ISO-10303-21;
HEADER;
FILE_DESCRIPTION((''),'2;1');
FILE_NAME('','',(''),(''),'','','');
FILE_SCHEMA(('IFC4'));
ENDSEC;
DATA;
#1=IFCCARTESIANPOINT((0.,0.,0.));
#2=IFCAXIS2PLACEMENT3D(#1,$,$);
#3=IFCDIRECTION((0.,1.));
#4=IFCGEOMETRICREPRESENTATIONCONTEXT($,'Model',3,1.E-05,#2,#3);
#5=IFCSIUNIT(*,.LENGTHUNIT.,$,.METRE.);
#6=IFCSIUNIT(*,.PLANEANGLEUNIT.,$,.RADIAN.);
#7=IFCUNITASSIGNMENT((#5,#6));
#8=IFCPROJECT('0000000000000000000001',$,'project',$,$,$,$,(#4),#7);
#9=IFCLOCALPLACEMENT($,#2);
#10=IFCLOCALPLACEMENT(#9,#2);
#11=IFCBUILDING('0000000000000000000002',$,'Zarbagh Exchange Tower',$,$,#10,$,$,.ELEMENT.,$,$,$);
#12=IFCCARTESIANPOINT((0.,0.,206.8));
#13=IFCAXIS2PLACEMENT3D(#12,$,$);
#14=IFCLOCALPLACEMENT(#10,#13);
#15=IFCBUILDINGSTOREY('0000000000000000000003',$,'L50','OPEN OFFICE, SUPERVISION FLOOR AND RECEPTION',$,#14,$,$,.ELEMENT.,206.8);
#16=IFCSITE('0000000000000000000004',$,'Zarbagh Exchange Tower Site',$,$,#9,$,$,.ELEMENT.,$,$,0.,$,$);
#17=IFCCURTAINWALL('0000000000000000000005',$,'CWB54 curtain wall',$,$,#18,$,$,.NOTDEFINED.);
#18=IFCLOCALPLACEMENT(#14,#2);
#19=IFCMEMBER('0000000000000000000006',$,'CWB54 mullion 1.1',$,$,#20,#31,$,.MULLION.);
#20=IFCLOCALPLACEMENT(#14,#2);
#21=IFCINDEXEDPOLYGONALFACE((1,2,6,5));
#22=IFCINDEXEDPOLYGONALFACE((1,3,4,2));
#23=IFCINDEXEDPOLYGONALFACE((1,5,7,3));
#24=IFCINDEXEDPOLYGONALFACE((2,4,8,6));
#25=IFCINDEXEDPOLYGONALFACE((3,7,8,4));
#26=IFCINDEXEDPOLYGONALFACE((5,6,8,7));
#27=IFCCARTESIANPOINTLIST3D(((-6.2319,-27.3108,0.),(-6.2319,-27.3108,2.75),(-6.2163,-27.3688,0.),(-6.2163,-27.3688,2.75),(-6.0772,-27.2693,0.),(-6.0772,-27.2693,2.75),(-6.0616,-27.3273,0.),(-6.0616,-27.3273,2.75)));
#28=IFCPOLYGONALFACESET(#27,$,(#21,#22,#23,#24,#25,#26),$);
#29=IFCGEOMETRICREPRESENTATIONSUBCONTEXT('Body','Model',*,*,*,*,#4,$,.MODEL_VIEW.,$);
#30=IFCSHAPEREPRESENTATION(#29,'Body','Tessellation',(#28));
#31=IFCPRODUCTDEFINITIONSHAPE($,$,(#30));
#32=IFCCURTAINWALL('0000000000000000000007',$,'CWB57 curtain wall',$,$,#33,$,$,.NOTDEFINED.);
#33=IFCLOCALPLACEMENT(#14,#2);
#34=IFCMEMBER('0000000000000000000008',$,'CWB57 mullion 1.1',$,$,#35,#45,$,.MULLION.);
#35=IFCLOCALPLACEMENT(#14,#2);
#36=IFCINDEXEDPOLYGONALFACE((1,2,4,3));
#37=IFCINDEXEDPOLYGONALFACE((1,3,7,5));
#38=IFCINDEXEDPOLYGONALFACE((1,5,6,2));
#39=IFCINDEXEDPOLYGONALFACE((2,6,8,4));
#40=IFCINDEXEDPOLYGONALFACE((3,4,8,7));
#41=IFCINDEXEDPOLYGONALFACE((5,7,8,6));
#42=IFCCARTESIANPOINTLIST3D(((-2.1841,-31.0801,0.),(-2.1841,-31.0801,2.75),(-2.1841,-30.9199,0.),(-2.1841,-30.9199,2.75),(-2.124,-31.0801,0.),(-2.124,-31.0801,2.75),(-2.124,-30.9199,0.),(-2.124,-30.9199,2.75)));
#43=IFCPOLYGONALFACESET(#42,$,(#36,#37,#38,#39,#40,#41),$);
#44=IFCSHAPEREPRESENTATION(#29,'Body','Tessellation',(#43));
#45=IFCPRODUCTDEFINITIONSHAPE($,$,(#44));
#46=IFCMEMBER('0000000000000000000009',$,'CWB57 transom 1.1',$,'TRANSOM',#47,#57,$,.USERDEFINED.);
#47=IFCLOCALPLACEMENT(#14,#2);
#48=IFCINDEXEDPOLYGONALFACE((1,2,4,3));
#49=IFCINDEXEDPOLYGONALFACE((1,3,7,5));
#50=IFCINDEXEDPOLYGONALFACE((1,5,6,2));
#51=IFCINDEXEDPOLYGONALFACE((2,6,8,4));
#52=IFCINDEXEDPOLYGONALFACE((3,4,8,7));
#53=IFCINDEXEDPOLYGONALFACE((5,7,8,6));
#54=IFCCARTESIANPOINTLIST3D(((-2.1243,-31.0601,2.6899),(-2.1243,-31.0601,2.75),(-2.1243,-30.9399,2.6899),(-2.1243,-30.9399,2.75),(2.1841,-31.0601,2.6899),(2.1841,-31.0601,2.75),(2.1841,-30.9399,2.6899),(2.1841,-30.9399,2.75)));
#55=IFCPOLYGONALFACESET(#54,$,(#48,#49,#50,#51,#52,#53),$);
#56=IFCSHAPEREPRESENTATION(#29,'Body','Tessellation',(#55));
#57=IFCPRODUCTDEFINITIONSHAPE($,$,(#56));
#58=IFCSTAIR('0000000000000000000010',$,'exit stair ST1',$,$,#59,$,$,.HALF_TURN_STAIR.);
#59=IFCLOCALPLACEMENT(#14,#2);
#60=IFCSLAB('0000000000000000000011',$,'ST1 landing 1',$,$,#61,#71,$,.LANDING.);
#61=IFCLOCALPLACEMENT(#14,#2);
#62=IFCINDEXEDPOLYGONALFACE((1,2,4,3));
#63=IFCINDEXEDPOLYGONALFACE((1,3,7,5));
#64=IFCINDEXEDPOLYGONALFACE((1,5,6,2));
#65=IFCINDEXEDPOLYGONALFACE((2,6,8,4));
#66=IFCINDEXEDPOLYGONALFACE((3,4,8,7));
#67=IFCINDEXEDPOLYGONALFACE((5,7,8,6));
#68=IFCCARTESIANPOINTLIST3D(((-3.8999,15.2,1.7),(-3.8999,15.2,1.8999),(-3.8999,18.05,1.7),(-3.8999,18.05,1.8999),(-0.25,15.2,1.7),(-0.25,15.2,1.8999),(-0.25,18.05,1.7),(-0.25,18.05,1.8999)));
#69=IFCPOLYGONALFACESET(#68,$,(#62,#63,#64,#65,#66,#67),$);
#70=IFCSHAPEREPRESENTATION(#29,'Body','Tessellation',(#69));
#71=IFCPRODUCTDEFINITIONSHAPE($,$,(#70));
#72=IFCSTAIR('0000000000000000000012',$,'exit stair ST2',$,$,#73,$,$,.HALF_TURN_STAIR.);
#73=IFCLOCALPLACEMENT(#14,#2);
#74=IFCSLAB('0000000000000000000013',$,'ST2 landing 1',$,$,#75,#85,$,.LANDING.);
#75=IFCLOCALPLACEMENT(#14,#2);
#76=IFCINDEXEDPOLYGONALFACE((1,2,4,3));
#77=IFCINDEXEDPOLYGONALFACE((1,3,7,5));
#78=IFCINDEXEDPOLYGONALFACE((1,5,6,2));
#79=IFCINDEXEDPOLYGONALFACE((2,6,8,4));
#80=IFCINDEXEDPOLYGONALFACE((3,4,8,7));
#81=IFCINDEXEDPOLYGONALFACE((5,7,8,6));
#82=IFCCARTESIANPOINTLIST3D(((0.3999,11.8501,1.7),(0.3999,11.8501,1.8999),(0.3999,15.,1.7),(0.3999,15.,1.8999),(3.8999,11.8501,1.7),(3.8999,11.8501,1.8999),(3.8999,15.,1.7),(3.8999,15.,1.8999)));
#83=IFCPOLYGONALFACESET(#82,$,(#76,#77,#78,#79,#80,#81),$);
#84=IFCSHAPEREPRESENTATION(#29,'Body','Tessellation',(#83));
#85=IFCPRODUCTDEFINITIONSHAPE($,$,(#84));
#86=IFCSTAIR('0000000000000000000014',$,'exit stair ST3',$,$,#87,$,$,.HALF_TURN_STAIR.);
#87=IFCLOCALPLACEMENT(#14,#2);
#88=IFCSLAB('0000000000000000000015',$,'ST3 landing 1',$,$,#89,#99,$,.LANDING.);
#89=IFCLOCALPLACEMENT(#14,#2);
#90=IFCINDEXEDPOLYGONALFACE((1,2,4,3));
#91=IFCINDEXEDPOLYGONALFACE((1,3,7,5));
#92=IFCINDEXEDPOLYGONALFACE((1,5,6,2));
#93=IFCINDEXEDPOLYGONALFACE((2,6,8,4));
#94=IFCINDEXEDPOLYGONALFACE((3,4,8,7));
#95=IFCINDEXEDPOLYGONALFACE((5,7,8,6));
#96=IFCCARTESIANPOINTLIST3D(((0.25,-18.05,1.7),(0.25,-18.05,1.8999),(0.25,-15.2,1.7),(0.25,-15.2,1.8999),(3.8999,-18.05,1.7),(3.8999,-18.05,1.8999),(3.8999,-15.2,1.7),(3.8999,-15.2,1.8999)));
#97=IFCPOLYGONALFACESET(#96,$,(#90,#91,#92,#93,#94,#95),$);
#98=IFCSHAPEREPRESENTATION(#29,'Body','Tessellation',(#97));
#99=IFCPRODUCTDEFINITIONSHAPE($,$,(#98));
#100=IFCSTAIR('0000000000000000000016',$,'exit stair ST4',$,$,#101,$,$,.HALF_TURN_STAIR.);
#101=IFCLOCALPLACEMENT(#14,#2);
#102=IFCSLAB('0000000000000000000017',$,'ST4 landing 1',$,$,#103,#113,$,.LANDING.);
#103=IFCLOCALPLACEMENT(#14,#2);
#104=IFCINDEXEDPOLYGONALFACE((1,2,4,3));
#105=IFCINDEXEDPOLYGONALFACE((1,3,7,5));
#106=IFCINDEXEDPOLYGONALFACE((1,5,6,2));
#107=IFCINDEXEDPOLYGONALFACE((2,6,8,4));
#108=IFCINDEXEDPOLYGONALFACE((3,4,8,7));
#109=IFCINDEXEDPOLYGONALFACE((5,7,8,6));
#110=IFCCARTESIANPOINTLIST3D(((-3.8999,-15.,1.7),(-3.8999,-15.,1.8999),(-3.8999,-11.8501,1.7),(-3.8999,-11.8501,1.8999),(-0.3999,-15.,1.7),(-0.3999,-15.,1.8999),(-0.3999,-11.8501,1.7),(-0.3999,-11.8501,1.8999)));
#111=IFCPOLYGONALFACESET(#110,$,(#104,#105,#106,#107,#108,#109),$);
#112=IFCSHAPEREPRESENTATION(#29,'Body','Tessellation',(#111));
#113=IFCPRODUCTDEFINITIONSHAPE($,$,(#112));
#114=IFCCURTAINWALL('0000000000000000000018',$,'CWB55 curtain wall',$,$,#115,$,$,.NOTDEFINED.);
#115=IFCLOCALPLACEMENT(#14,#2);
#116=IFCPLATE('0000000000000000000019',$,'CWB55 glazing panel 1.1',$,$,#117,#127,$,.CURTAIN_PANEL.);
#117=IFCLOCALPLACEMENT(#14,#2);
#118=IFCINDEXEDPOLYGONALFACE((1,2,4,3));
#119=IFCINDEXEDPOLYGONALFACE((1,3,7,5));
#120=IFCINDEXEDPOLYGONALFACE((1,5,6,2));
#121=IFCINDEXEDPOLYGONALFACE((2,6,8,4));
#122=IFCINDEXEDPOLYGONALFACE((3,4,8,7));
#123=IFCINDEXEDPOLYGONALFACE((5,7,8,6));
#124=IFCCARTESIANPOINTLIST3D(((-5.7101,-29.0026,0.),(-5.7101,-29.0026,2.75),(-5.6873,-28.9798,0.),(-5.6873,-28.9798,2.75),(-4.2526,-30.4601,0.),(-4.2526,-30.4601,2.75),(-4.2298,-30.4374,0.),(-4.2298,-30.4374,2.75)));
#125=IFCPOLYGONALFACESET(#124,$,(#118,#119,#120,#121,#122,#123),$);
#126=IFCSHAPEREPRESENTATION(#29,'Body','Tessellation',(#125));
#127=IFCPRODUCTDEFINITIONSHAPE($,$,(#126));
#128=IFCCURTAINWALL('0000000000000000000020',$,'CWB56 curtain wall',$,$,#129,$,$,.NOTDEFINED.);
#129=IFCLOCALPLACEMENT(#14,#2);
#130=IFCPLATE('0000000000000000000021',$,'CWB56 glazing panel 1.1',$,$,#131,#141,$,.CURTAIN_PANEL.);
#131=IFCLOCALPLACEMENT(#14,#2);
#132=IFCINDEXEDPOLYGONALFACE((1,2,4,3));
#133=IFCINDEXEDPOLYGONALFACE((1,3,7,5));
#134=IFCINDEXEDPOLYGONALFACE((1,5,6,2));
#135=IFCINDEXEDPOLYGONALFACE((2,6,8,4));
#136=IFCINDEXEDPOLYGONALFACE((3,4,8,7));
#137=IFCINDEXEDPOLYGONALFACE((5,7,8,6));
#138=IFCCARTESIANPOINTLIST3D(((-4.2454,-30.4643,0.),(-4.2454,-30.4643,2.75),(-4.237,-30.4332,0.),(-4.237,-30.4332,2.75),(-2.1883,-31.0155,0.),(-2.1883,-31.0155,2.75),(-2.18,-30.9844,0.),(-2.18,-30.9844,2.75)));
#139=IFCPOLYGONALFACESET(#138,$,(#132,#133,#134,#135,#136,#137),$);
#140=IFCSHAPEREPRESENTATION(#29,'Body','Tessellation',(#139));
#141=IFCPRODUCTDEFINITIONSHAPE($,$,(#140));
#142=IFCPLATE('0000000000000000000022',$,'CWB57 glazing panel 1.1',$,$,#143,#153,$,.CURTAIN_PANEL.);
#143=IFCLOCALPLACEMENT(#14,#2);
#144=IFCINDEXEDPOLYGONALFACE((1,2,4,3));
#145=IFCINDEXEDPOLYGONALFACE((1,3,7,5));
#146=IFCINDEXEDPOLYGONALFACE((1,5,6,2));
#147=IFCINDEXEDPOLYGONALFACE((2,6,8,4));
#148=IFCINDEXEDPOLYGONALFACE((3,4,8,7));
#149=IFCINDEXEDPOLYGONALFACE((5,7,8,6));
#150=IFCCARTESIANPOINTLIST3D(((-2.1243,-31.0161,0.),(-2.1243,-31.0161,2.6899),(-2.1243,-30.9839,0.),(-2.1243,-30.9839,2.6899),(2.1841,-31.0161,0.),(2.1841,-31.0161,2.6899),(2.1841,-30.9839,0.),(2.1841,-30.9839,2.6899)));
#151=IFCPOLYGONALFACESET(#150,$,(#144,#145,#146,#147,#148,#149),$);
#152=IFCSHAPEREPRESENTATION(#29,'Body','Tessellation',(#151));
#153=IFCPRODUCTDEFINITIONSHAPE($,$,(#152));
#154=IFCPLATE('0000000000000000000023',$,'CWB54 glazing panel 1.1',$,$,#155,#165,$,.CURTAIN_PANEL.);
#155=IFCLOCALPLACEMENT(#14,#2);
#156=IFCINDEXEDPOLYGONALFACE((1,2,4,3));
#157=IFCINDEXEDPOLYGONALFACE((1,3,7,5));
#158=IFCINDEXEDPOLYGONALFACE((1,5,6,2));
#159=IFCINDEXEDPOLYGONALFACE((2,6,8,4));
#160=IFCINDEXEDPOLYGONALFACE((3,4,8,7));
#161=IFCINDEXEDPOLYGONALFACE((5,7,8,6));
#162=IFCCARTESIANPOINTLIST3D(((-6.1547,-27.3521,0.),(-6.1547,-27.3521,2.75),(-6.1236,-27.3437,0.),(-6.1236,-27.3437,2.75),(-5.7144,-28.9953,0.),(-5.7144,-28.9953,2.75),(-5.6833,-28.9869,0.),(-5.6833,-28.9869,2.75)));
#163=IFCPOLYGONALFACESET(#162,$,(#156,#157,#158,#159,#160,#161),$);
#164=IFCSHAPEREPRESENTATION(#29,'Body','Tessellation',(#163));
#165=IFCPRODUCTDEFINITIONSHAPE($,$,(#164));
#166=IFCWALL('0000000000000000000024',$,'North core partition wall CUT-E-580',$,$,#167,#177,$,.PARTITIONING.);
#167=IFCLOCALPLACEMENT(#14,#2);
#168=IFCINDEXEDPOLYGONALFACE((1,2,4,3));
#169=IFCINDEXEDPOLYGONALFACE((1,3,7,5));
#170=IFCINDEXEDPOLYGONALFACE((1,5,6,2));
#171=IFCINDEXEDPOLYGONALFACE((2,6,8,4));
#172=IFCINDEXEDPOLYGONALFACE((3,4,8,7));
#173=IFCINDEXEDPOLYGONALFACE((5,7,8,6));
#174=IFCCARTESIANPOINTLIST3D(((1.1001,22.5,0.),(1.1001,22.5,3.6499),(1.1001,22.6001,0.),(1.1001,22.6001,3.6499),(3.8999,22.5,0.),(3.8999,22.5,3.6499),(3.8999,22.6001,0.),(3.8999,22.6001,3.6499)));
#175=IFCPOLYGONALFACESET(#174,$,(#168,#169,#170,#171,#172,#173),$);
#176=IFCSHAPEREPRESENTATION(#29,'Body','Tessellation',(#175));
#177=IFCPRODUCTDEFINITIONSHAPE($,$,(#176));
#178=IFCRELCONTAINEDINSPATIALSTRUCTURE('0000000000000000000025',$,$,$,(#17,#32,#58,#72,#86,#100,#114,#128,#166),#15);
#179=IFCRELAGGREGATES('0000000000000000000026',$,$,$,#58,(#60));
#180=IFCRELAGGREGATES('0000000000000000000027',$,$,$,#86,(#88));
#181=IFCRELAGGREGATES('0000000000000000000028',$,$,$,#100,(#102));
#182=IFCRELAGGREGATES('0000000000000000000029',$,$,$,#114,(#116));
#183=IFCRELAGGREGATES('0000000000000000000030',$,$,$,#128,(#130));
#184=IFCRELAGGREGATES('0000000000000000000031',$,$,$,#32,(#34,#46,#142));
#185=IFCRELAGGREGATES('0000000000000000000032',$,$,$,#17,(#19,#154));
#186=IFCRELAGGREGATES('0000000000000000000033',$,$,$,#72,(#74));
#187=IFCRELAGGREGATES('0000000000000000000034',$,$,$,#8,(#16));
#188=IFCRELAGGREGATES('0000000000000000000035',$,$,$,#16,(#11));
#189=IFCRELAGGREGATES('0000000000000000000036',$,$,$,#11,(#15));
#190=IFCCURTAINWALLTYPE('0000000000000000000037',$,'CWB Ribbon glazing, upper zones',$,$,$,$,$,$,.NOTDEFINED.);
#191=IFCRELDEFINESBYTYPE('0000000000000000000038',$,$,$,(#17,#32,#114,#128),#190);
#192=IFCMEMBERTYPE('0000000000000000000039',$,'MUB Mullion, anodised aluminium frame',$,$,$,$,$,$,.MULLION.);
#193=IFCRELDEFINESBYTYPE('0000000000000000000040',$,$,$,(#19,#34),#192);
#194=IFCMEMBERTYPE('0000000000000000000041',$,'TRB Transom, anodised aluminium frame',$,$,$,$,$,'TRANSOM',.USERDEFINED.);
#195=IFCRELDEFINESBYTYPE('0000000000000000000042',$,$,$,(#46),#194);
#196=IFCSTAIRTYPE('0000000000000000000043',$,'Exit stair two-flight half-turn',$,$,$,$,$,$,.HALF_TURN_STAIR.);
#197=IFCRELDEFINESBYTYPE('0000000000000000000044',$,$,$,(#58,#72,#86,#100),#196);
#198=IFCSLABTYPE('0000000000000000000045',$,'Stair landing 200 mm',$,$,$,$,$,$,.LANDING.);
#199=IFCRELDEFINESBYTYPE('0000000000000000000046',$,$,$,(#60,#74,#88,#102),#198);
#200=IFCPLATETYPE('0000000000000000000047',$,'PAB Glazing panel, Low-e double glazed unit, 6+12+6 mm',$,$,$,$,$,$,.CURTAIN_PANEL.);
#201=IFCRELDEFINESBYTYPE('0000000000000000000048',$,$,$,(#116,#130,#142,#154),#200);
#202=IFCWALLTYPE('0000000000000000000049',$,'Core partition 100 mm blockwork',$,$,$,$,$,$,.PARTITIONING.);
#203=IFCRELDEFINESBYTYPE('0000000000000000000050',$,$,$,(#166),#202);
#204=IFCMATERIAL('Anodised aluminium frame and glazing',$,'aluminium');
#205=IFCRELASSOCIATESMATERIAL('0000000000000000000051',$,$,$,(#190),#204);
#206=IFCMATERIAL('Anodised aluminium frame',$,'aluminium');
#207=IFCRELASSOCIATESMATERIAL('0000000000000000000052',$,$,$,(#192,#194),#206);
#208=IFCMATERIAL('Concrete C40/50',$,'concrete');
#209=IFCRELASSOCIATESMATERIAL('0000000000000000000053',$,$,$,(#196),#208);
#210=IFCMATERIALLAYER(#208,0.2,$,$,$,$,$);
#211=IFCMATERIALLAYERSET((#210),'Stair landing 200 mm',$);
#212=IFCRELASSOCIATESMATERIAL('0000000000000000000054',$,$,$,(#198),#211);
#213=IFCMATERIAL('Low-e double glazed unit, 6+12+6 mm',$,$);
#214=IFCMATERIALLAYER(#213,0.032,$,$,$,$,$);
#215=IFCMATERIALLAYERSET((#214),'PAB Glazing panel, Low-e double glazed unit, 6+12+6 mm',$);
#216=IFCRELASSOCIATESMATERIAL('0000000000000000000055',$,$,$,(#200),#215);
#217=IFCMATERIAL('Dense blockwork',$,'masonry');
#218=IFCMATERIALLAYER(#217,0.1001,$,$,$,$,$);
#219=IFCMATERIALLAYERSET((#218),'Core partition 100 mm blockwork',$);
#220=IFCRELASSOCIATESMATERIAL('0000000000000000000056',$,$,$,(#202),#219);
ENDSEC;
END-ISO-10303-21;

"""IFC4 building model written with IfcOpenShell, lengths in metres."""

from ifc_helpers import new_model, si_unit, direction, frame, frame_2d, origin, place, context, subcontext, project, spatial, polyline, rectangle, outline, extrude, source, transform, mapped, material, layer, layer_set, type_object, element, aggregate, save


model = new_model("IFC4")

# Units and contexts
model_context = context("Model", 3, precision=1e-05, world=origin(), true_north=direction((0.0, 1.0)))
body_context = subcontext(model_context, "Body", "Model", "MODEL_VIEW")
ifc_project = project(units=[si_unit("LENGTHUNIT", "METRE"), si_unit("PLANEANGLEUNIT", "RADIAN")], contexts=[model_context])

# Site, building, storey
site_placement = place(None, origin())
site = spatial("IfcSite", under=ifc_project, at=site_placement, Name="Zarbagh Exchange Tower Site", CompositionType="ELEMENT", RefElevation=0.0)
building_placement = place(site_placement, origin())
building = spatial("IfcBuilding", under=site, at=building_placement, Name="Zarbagh Exchange Tower", CompositionType="ELEMENT")
storey_placement = place(building_placement, frame((0.0, 0.0, 206.8)))
storey = spatial("IfcBuildingStorey", under=building, at=storey_placement, Name="L50", Description="OPEN OFFICE, SUPERVISION FLOOR AND RECEPTION", CompositionType="ELEMENT", Elevation=206.8)

# Curtain wall, member
ifc_material_1 = material(Name="Anodised aluminium frame and glazing", Category="aluminium")
curtain_wall_type = type_object("IfcCurtainWallType", Name="CWB Ribbon glazing, upper zones", PredefinedType="NOTDEFINED", material=ifc_material_1)
curtain_wall_1_placement = place(storey_placement, origin())
curtain_wall_1 = element("IfcCurtainWall", 1, at=curtain_wall_1_placement, inside=storey, type_object=curtain_wall_type, Name="CWB54 curtain wall", PredefinedType="NOTDEFINED")
ifc_material_2 = material(Name="Anodised aluminium frame", Category="aluminium")
member_type_1 = type_object("IfcMemberType", Name="MUB Mullion, anodised aluminium frame", PredefinedType="MULLION", material=ifc_material_2)
shared_shape_1 = source(origin(), body_context, "Body", "SweptSolid", [
    extrude(outline(polyline([(0.0, -0.0801), (0.0601, -0.0801), (0.0601, 0.0801), (0.0, 0.0801), (0.0, -0.0801)])), origin(), (0.0, 0.0, 1.0), 2.75),
])
placement = place(storey_placement, origin())
member_1 = element("IfcMember", 2, at=placement, type_object=member_type_1, Name="CWB54 mullion 1.1", PredefinedType="MULLION", context=body_context, shape_type="MappedRepresentation", body=[
    mapped(shared_shape_1, transform((-6.1545, -27.29, 0.0), x_axis=(0.258825, -0.965924, 0.0), y_axis=(0.965924, 0.258825, 0.0), z_axis=(0.0, 0.0, 1.0))),
])

# Curtain wall, members
curtain_wall_2_placement = place(storey_placement, origin())
curtain_wall_2 = element("IfcCurtainWall", 3, at=curtain_wall_2_placement, inside=storey, type_object=curtain_wall_type, Name="CWB57 curtain wall", PredefinedType="NOTDEFINED")
member_2 = element("IfcMember", 4, at=placement, type_object=member_type_1, Name="CWB57 mullion 1.1", PredefinedType="MULLION", context=body_context, shape_type="MappedRepresentation", body=[
    mapped(shared_shape_1, transform((-2.1841, -31.0, 0.0), x_axis=(1.0, 0.0, 0.0), y_axis=(0.0, 1.0, 0.0), z_axis=(0.0, 0.0, 1.0))),
])
member_type_2 = type_object("IfcMemberType", Name="TRB Transom, anodised aluminium frame", ElementType="TRANSOM", PredefinedType="USERDEFINED", material=ifc_material_2)
shared_shape_2 = source(origin(), body_context, "Body", "SweptSolid", [
    extrude(outline(polyline([(-0.0601, -0.0601), (0.0, -0.0601), (0.0, 0.0601), (-0.0601, 0.0601), (-0.0601, -0.0601)])), origin(), (0.0, 0.0, 1.0), 4.3083),
])
member_3 = element("IfcMember", 5, at=placement, type_object=member_type_2, Name="CWB57 transom 1.1", ObjectType="TRANSOM", PredefinedType="USERDEFINED", context=body_context, shape_type="MappedRepresentation", body=[
    mapped(shared_shape_2, transform((-2.1243, -31.0, 2.75), x_axis=(0.0, 0.0, 1.0), y_axis=(0.0, -1.0, 0.0), z_axis=(1.0, 0.0, 0.0))),
])

# Stairs, slabs
ifc_material_3 = material(Name="Concrete C40/50", Category="concrete")
stair_type = type_object("IfcStairType", Name="Exit stair two-flight half-turn", PredefinedType="HALF_TURN_STAIR", material=ifc_material_3)
stair_1_placement = place(storey_placement, origin())
stair_1 = element("IfcStair", 6, at=stair_1_placement, inside=storey, type_object=stair_type, Name="exit stair ST1", PredefinedType="HALF_TURN_STAIR")
ifc_layer_1 = layer(ifc_material_3, 0.2)
ifc_layer_set_1 = layer_set([ifc_layer_1], Name="Stair landing 200 mm")
slab_type = type_object("IfcSlabType", Name="Stair landing 200 mm", PredefinedType="LANDING", material=ifc_layer_set_1)
slab_1_placement = place(storey_placement, frame((0.0, 0.0, 1.7)))
slab_1 = element("IfcSlab", 7, at=slab_1_placement, type_object=slab_type, Name="ST1 landing 1", PredefinedType="LANDING", context=body_context, shape_type="SweptSolid", body=[
    extrude(outline(polyline([(-0.25, 18.05), (-3.8999, 18.05), (-3.8999, 15.2), (-0.25, 15.2), (-0.25, 18.05)])), origin(), (0.0, 0.0, 1.0), 0.2),
])
aggregate(stair_1, [slab_1])
stair_2_placement = place(storey_placement, origin())
stair_2 = element("IfcStair", 8, at=stair_2_placement, inside=storey, type_object=stair_type, Name="exit stair ST2", PredefinedType="HALF_TURN_STAIR")
slab_2_placement = place(storey_placement, frame((0.0, 0.0, 1.7)))
slab_2 = element("IfcSlab", 9, at=slab_2_placement, type_object=slab_type, Name="ST2 landing 1", PredefinedType="LANDING", context=body_context, shape_type="SweptSolid", body=[
    extrude(outline(polyline([(0.3999, 11.8501), (3.8999, 11.8501), (3.8999, 15.0), (0.3999, 15.0), (0.3999, 11.8501)])), origin(), (0.0, 0.0, 1.0), 0.2),
])
stair_3_placement = place(storey_placement, origin())
stair_3 = element("IfcStair", 10, at=stair_3_placement, inside=storey, type_object=stair_type, Name="exit stair ST3", PredefinedType="HALF_TURN_STAIR")
slab_3_placement = place(storey_placement, frame((0.0, 0.0, 1.7)))
slab_3 = element("IfcSlab", 11, at=slab_3_placement, type_object=slab_type, Name="ST3 landing 1", PredefinedType="LANDING", context=body_context, shape_type="SweptSolid", body=[
    extrude(outline(polyline([(0.25, -18.05), (3.8999, -18.05), (3.8999, -15.2), (0.25, -15.2), (0.25, -18.05)])), origin(), (0.0, 0.0, 1.0), 0.2),
])
aggregate(stair_3, [slab_3])
stair_4_placement = place(storey_placement, origin())
stair_4 = element("IfcStair", 12, at=stair_4_placement, inside=storey, type_object=stair_type, Name="exit stair ST4", PredefinedType="HALF_TURN_STAIR")
slab_4_placement = place(storey_placement, frame((0.0, 0.0, 1.7)))
slab_4 = element("IfcSlab", 13, at=slab_4_placement, type_object=slab_type, Name="ST4 landing 1", PredefinedType="LANDING", context=body_context, shape_type="SweptSolid", body=[
    extrude(outline(polyline([(-0.3999, -11.8501), (-3.8999, -11.8501), (-3.8999, -15.0), (-0.3999, -15.0), (-0.3999, -11.8501)])), origin(), (0.0, 0.0, 1.0), 0.2),
])
aggregate(stair_4, [slab_4])

# Curtain walls, plates
curtain_wall_3_placement = place(storey_placement, origin())
curtain_wall_3 = element("IfcCurtainWall", 14, at=curtain_wall_3_placement, inside=storey, type_object=curtain_wall_type, Name="CWB55 curtain wall", PredefinedType="NOTDEFINED")
ifc_material_4 = material(Name="Low-e double glazed unit, 6+12+6 mm")
ifc_layer_2 = layer(ifc_material_4, 0.032)
ifc_layer_set_2 = layer_set([ifc_layer_2], Name="PAB Glazing panel, Low-e double glazed unit, 6+12+6 mm")
plate_type = type_object("IfcPlateType", Name="PAB Glazing panel, Low-e double glazed unit, 6+12+6 mm", PredefinedType="CURTAIN_PANEL", material=ifc_layer_set_2)
shared_shape_3 = source(origin(), body_context, "Body", "SweptSolid", [
    extrude(outline(polyline([(0.0, -0.0161), (2.0613, -0.0161), (2.0613, 0.0161), (0.0, 0.0161), (0.0, -0.0161)])), origin(), (0.0, 0.0, 1.0), 2.75),
])
plate_1 = element("IfcPlate", 15, at=placement, type_object=plate_type, Name="CWB55 glazing panel 1.1", PredefinedType="CURTAIN_PANEL", context=body_context, shape_type="MappedRepresentation", body=[
    mapped(shared_shape_3, transform((-5.6987, -28.9912, 0.0), x_axis=(0.707107, -0.707107, 0.0), y_axis=(0.707107, 0.707107, 0.0), z_axis=(0.0, 0.0, 1.0))),
])
aggregate(curtain_wall_3, [plate_1])
curtain_wall_4_placement = place(storey_placement, origin())
curtain_wall_4 = element("IfcCurtainWall", 16, at=curtain_wall_4_placement, inside=storey, type_object=curtain_wall_type, Name="CWB56 curtain wall", PredefinedType="NOTDEFINED")
shared_shape_4 = source(origin(), body_context, "Body", "SweptSolid", [
    extrude(outline(polyline([(0.0, -0.0161), (2.1296, -0.0161), (2.1296, 0.0161), (0.0, 0.0161), (0.0, -0.0161)])), origin(), (0.0, 0.0, 1.0), 2.75),
])
plate_2 = element("IfcPlate", 17, at=placement, type_object=plate_type, Name="CWB56 glazing panel 1.1", PredefinedType="CURTAIN_PANEL", context=body_context, shape_type="MappedRepresentation", body=[
    mapped(shared_shape_4, transform((-4.2412, -30.4487, 0.0), x_axis=(0.965924, -0.258825, 0.0), y_axis=(0.258825, 0.965924, 0.0), z_axis=(0.0, 0.0, 1.0))),
])
aggregate(curtain_wall_4, [plate_2])

# Plates
shared_shape_5 = source(origin(), body_context, "Body", "SweptSolid", [
    extrude(outline(polyline([(0.0, -0.0161), (4.3083, -0.0161), (4.3083, 0.0161), (0.0, 0.0161), (0.0, -0.0161)])), origin(), (0.0, 0.0, 1.0), 2.6899),
])
plate_3 = element("IfcPlate", 18, at=placement, type_object=plate_type, Name="CWB57 glazing panel 1.1", PredefinedType="CURTAIN_PANEL", context=body_context, shape_type="MappedRepresentation", body=[
    mapped(shared_shape_5, transform((-2.1243, -31.0, 0.0), x_axis=(1.0, 0.0, 0.0), y_axis=(0.0, 1.0, 0.0), z_axis=(0.0, 0.0, 1.0))),
])
aggregate(curtain_wall_2, [member_2, member_3, plate_3])
shared_shape_6 = source(origin(), body_context, "Body", "SweptSolid", [
    extrude(outline(polyline([(0.0, -0.0161), (1.7012, -0.0161), (1.7012, 0.0161), (0.0, 0.0161), (0.0, -0.0161)])), origin(), (0.0, 0.0, 1.0), 2.75),
])
plate_4 = element("IfcPlate", 19, at=placement, type_object=plate_type, Name="CWB54 glazing panel 1.1", PredefinedType="CURTAIN_PANEL", context=body_context, shape_type="MappedRepresentation", body=[
    mapped(shared_shape_6, transform((-6.1392, -27.3479, 0.0), x_axis=(0.258825, -0.965924, 0.0), y_axis=(0.965924, 0.258825, 0.0), z_axis=(0.0, 0.0, 1.0))),
])
aggregate(curtain_wall_1, [member_1, plate_4])

# Wall
ifc_material_5 = material(Name="Dense blockwork", Category="masonry")
ifc_layer_3 = layer(ifc_material_5, 0.1001)
ifc_layer_set_3 = layer_set([ifc_layer_3], Name="Core partition 100 mm blockwork")
wall_type_1 = type_object("IfcWallType", Name="Core partition 100 mm blockwork", PredefinedType="PARTITIONING", material=ifc_layer_set_3)
wall_1_placement = place(storey_placement, frame((1.1001, 22.55, 0.0), z_axis=(0.0, 0.0, 1.0), x_axis=(1.0, 0.0, 0.0)))
element("IfcWall", 20, at=wall_1_placement, inside=storey, type_object=wall_type_1, Name="North core partition wall CUT-E-580", PredefinedType="PARTITIONING", context=body_context, shape_type="SweptSolid", body=[
    extrude(rectangle(XDim=2.7998, YDim=0.1001, at=frame_2d((1.3999, 0.0))), origin(), (0.0, 0.0, 1.0), 3.6499),
])

aggregate(stair_2, [slab_2])

save(model, "model.ifc")
